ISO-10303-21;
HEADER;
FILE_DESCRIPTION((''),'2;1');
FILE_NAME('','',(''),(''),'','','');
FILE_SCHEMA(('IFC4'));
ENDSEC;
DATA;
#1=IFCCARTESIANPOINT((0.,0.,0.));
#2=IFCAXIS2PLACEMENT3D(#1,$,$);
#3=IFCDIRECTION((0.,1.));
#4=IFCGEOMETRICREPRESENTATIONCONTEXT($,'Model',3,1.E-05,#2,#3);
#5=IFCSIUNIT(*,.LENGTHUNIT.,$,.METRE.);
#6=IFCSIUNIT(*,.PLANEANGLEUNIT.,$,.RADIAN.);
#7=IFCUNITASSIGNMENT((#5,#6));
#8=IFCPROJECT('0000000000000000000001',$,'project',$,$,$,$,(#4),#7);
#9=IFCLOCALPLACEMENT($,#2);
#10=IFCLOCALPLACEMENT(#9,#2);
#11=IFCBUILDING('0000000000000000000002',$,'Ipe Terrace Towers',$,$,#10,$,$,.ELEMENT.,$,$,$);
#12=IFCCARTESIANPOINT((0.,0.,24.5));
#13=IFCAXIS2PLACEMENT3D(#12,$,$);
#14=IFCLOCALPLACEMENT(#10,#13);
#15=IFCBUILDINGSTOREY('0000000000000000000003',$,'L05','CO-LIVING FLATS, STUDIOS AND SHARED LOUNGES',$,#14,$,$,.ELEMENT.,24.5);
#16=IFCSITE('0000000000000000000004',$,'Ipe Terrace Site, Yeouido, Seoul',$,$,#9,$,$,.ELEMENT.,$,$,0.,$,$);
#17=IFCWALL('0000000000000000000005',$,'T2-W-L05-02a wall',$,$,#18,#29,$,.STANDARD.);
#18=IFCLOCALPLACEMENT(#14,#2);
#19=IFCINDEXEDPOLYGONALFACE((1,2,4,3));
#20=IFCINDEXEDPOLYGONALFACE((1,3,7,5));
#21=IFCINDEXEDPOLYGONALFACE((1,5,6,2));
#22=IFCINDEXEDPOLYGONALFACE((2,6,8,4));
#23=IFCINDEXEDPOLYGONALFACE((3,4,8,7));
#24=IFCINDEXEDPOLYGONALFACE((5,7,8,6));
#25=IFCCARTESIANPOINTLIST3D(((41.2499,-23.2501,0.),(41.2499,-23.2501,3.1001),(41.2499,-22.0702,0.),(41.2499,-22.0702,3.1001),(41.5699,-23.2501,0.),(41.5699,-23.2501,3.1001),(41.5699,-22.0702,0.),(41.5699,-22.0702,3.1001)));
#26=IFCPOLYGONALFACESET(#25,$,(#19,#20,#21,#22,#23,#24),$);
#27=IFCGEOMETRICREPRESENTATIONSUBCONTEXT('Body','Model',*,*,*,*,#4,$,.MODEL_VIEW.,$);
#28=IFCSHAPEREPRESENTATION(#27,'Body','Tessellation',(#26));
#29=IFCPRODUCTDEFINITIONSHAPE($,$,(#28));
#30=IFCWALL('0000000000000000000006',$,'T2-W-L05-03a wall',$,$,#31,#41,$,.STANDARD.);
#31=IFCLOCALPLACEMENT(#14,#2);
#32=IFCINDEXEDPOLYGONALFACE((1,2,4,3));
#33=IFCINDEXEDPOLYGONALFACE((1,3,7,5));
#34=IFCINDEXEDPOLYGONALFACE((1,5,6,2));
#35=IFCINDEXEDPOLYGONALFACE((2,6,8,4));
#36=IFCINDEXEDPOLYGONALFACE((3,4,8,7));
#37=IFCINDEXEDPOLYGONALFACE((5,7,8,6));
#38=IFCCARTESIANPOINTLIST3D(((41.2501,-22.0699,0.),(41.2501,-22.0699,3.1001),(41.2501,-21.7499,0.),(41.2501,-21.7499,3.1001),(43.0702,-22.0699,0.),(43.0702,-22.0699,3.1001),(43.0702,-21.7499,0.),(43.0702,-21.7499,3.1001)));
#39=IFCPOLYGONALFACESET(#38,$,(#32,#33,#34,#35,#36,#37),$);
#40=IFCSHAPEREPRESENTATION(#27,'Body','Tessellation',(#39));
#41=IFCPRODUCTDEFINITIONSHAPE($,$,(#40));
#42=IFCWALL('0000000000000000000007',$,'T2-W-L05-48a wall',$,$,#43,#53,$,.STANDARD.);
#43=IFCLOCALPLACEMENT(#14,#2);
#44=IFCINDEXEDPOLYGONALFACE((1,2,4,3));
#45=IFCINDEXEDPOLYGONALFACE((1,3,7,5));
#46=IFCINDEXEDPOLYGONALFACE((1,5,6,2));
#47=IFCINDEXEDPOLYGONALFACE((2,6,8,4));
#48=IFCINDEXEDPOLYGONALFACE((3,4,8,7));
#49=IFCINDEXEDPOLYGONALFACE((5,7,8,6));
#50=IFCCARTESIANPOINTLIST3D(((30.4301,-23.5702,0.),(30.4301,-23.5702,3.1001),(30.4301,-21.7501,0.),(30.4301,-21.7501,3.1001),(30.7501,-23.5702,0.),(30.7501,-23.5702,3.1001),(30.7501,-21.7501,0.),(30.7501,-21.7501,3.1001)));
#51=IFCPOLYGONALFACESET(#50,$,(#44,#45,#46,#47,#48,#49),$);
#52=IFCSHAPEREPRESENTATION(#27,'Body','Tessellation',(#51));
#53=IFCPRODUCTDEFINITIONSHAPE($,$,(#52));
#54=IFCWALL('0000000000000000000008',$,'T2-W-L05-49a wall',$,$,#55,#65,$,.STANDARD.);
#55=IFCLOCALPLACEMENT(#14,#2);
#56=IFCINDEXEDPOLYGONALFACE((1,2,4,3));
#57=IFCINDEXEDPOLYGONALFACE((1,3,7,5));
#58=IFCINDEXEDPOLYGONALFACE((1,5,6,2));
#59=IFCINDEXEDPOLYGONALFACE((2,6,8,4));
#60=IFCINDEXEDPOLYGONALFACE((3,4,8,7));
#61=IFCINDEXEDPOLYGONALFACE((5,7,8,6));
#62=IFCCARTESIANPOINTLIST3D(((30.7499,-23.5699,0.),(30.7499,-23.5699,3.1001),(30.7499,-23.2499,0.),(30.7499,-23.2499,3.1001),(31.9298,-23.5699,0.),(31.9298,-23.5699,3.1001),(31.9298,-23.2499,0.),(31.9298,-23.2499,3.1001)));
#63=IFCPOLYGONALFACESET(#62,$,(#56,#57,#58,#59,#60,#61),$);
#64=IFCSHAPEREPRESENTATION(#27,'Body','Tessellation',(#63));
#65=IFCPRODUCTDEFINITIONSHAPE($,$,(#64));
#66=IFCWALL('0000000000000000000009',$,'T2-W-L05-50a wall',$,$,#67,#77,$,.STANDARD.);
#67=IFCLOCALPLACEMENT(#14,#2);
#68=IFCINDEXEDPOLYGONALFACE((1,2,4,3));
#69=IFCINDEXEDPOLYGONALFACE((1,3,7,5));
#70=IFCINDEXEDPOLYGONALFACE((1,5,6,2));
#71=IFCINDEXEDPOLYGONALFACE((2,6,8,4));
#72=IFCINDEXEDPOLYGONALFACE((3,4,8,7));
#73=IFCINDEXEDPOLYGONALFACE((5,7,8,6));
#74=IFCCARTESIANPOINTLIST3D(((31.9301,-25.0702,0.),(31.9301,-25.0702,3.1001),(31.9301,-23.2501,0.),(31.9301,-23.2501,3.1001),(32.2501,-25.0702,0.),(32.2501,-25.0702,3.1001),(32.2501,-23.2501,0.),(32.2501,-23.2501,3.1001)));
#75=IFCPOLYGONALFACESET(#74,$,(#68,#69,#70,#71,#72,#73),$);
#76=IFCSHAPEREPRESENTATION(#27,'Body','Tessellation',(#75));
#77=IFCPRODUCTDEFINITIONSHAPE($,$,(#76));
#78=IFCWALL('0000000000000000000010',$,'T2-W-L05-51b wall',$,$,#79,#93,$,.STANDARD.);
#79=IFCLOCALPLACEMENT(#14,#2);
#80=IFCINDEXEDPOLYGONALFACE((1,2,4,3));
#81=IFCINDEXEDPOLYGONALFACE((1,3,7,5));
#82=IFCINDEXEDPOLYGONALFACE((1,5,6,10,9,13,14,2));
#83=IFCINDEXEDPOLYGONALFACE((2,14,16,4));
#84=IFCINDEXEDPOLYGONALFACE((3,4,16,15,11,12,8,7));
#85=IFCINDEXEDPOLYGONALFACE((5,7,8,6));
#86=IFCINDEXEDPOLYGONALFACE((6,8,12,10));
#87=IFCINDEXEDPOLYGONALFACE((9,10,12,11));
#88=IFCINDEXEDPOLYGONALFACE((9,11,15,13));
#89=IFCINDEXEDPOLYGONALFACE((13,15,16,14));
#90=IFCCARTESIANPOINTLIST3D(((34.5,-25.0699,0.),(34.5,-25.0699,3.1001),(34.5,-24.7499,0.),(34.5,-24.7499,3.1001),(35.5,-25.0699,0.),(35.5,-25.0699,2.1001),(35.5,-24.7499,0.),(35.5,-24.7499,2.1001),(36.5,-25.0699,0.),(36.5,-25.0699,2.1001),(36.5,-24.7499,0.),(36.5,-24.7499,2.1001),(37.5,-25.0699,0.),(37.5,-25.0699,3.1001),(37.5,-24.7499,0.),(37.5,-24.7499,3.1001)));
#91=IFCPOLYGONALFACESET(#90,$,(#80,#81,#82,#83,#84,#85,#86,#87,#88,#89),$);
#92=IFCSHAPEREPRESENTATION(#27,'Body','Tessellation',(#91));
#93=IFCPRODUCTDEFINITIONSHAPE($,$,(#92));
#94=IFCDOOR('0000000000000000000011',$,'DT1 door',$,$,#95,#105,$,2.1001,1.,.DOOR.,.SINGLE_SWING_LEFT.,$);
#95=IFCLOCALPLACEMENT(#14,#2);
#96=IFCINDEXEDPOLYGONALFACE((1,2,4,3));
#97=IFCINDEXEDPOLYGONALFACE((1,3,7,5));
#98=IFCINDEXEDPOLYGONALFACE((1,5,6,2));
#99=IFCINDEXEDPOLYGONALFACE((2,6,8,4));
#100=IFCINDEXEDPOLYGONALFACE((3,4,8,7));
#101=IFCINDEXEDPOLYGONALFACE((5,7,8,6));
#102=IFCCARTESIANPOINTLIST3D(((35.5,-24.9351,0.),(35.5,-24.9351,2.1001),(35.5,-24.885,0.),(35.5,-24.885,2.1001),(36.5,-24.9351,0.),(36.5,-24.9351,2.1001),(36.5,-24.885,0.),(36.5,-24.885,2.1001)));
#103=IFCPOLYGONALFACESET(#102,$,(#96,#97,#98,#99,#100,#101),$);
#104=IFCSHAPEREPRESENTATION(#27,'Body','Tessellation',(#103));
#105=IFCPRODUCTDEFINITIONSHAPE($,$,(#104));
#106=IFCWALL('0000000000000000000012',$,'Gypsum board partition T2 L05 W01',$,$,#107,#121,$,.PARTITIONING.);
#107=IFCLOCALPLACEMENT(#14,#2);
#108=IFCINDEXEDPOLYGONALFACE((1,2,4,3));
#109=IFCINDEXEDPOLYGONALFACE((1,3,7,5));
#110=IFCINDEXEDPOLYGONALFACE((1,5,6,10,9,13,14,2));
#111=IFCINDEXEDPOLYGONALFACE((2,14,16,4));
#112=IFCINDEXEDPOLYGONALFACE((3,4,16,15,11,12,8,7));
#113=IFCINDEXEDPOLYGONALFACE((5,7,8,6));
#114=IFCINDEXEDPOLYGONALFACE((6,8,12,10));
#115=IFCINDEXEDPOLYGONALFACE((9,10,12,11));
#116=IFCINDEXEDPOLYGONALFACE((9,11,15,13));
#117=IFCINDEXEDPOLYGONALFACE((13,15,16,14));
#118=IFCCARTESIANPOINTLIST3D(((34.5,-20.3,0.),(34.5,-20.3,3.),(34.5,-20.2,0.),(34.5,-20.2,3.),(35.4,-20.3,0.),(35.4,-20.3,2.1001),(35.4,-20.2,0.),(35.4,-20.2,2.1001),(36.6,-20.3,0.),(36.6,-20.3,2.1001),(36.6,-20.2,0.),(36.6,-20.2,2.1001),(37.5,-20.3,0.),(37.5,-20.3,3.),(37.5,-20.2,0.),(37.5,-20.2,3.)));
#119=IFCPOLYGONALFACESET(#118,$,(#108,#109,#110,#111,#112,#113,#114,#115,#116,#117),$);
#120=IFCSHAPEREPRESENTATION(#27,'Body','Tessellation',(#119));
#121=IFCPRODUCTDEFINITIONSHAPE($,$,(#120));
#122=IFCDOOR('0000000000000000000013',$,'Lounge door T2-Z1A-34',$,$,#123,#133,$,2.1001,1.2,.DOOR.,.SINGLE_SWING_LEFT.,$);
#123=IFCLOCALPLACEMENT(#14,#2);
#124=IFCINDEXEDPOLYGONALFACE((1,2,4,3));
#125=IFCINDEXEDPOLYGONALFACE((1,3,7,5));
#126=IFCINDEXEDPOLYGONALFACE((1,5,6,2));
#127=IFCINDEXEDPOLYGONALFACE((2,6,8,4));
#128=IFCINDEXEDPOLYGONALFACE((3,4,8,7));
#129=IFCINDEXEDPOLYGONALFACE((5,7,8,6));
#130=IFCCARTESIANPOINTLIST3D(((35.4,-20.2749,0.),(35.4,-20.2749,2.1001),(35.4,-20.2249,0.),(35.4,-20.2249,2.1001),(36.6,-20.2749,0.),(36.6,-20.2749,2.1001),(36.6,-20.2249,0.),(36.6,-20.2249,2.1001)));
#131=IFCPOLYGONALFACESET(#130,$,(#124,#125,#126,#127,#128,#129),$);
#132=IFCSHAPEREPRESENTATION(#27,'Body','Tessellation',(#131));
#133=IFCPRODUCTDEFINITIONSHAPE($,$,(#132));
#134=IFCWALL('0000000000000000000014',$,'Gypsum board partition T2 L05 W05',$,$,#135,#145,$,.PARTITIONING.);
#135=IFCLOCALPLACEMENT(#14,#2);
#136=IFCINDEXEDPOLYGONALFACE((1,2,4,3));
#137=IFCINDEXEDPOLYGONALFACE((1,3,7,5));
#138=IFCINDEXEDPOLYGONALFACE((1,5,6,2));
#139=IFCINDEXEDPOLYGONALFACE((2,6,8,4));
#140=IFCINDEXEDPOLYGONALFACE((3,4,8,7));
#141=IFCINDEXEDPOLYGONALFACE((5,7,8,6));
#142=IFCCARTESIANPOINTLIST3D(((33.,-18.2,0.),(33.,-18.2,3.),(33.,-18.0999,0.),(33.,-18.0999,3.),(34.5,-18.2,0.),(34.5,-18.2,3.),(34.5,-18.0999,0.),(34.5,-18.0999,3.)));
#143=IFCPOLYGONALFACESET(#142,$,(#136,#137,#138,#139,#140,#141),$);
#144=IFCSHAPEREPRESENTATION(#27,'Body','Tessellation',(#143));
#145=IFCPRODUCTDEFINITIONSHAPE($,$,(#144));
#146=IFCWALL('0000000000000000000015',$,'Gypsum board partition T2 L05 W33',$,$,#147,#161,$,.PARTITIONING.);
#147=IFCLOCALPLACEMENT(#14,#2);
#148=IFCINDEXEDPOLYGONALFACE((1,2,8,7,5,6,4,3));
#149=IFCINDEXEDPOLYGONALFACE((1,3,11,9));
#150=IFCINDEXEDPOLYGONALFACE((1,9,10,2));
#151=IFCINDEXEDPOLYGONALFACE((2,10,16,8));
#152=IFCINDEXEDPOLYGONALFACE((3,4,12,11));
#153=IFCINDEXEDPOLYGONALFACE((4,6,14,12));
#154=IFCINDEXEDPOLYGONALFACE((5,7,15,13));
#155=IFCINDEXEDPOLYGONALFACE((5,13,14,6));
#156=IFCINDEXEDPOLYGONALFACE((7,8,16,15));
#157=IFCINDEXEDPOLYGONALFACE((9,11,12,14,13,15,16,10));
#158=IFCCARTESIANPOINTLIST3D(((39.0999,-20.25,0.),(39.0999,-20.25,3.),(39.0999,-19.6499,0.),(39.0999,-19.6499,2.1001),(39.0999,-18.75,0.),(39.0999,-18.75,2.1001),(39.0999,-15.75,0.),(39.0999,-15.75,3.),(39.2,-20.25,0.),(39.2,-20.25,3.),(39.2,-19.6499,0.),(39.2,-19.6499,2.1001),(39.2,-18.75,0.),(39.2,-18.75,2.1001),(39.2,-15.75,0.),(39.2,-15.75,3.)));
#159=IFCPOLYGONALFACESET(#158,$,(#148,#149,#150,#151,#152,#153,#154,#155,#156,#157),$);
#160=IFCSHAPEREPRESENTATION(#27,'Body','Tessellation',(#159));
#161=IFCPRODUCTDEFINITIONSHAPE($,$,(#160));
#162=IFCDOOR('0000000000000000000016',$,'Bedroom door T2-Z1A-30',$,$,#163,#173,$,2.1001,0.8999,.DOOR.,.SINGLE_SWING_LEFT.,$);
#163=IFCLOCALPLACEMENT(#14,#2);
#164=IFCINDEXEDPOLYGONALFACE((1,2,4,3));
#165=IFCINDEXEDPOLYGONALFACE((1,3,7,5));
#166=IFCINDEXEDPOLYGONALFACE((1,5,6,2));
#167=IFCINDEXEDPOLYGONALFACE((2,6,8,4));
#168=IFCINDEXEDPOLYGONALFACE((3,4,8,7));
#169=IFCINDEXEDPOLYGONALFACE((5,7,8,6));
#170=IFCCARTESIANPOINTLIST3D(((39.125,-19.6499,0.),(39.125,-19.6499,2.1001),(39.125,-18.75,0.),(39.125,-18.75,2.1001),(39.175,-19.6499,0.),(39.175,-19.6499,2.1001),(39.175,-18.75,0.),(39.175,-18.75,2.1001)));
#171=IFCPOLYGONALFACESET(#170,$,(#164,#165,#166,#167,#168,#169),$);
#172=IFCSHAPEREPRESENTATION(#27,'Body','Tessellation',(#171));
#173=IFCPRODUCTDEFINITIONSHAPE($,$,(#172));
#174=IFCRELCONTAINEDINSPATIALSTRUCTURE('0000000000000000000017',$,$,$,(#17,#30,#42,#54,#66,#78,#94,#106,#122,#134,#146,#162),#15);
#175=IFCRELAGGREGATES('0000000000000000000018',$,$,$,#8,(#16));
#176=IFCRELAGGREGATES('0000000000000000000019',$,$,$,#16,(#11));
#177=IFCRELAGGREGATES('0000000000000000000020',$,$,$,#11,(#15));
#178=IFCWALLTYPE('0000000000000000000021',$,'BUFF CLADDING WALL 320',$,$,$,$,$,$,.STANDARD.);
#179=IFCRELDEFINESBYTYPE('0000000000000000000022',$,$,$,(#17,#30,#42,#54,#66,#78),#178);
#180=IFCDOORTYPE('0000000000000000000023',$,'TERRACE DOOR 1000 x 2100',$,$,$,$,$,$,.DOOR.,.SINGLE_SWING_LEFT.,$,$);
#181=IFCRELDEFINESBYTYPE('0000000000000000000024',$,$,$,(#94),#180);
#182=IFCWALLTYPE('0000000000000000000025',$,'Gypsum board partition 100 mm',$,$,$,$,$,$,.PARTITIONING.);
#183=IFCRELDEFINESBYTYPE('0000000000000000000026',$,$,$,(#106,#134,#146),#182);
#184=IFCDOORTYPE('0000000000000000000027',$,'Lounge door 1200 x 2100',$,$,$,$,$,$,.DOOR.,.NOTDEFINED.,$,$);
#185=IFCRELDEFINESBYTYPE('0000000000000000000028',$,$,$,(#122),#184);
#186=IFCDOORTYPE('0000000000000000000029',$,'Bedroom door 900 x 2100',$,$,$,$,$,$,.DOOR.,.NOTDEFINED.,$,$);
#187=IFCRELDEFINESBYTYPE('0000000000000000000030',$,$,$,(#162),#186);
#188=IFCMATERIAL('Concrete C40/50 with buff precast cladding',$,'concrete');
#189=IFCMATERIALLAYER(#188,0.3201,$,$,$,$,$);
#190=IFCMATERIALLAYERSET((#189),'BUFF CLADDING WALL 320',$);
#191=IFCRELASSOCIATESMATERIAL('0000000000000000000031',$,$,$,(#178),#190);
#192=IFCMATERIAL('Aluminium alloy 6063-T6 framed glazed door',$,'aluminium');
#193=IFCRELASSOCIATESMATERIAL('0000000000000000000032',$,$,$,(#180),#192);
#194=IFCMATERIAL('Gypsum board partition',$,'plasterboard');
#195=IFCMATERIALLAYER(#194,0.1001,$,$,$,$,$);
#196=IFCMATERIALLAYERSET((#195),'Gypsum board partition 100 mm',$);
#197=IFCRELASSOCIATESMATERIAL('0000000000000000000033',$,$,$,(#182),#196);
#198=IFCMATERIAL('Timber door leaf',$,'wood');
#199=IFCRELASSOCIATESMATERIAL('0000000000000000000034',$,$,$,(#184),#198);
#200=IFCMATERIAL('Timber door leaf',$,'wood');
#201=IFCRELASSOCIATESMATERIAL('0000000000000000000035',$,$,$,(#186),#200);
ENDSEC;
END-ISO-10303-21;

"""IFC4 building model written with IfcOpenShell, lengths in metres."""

from ifc_helpers import new_model, si_unit, direction, frame, frame_2d, origin, place, context, subcontext, project, spatial, rectangle, extrude, material, layer, layer_set, type_object, element, fill, save


model = new_model("IFC4")

# Units and contexts
model_context = context("Model", 3, precision=1e-05, world=origin(), true_north=direction((0.0, 1.0)))
body_context = subcontext(model_context, "Body", "Model", "MODEL_VIEW")
ifc_project = project(units=[si_unit("LENGTHUNIT", "METRE"), si_unit("PLANEANGLEUNIT", "RADIAN")], contexts=[model_context])

# Site, building, storey
site_placement = place(None, origin())
site = spatial("IfcSite", under=ifc_project, at=site_placement, Name="Ipe Terrace Site, Yeouido, Seoul", CompositionType="ELEMENT", RefElevation=0.0)
building_placement = place(site_placement, origin())
building = spatial("IfcBuilding", under=site, at=building_placement, Name="Ipe Terrace Towers", CompositionType="ELEMENT")
storey_placement = place(building_placement, frame((0.0, 0.0, 24.5)))
storey = spatial("IfcBuildingStorey", under=building, at=storey_placement, Name="L05", Description="CO-LIVING FLATS, STUDIOS AND SHARED LOUNGES", CompositionType="ELEMENT", Elevation=24.5)

# Walls
ifc_material_1 = material(Name="Concrete C40/50 with buff precast cladding", Category="concrete")
ifc_layer_1 = layer(ifc_material_1, 0.3201)
ifc_layer_set_1 = layer_set([ifc_layer_1], Name="BUFF CLADDING WALL 320")
wall_type_1 = type_object("IfcWallType", Name="BUFF CLADDING WALL 320", PredefinedType="STANDARD", material=ifc_layer_set_1)
wall_1_placement = place(storey_placement, frame((41.4099, -23.25, 0.0), z_axis=(0.0, 0.0, 1.0), x_axis=(0.0, 1.0, 0.0)))
element("IfcWall", 1, at=wall_1_placement, inside=storey, type_object=wall_type_1, Name="T2-W-L05-02a wall", PredefinedType="STANDARD", context=body_context, shape_type="SweptSolid", body=[
    extrude(rectangle(XDim=1.1799, YDim=0.3201, at=frame_2d((0.5898, 0.0))), origin(), (0.0, 0.0, 1.0), 3.1001),
])
for number, where, z_axis, x_axis, name in (
    (2, (41.25, -21.9099, 0.0), (0.0, 0.0, 1.0), (1.0, 0.0, 0.0), "T2-W-L05-03a wall"),
    (3, (30.5901, -21.75, 0.0), (0.0, 0.0, 1.0), (0.0, -1.0, 0.0), "T2-W-L05-48a wall"),
):
    element("IfcWall", number, at=place(storey_placement, frame(where, z_axis=z_axis, x_axis=x_axis)), inside=storey, type_object=wall_type_1, Name=name, PredefinedType="STANDARD", context=body_context, shape_type="SweptSolid", body=[
        extrude(rectangle(XDim=1.8201, YDim=0.3201, at=frame_2d((0.9102, 0.0))), origin(), (0.0, 0.0, 1.0), 3.1001),
    ])
wall_2_placement = place(storey_placement, frame((30.75, -23.4099, 0.0), z_axis=(0.0, 0.0, 1.0), x_axis=(1.0, 0.0, 0.0)))
element("IfcWall", 4, at=wall_2_placement, inside=storey, type_object=wall_type_1, Name="T2-W-L05-49a wall", PredefinedType="STANDARD", context=body_context, shape_type="SweptSolid", body=[
    extrude(rectangle(XDim=1.1799, YDim=0.3201, at=frame_2d((0.5898, 0.0))), origin(), (0.0, 0.0, 1.0), 3.1001),
])
wall_3_placement = place(storey_placement, frame((32.0901, -23.25, 0.0), z_axis=(0.0, 0.0, 1.0), x_axis=(0.0, -1.0, 0.0)))
element("IfcWall", 5, at=wall_3_placement, inside=storey, type_object=wall_type_1, Name="T2-W-L05-50a wall", PredefinedType="STANDARD", context=body_context, shape_type="SweptSolid", body=[
    extrude(rectangle(XDim=1.8201, YDim=0.3201, at=frame_2d((0.9102, 0.0))), origin(), (0.0, 0.0, 1.0), 3.1001),
])

# Walls, openings, doors
wall_4_placement = place(storey_placement, frame((34.5, -24.9099, 0.0), z_axis=(0.0, 0.0, 1.0), x_axis=(1.0, 0.0, 0.0)))
wall_4 = element("IfcWall", 6, at=wall_4_placement, inside=storey, type_object=wall_type_1, Name="T2-W-L05-51b wall", PredefinedType="STANDARD", context=body_context, shape_type="SweptSolid", body=[
    extrude(rectangle(XDim=3.0, YDim=0.3201, at=frame_2d((1.5, 0.0))), origin(), (0.0, 0.0, 1.0), 3.1001),
])
opening_1_placement = place(wall_4_placement, frame((1.0, 0.0, 0.0)))
opening_1 = element("IfcOpeningElement", 7, at=opening_1_placement, cuts=wall_4, PredefinedType="OPENING", context=body_context, shape_type="SweptSolid", body=[
    extrude(rectangle(XDim=1.0, YDim=2.1001, at=frame_2d((0.5, 1.05))), frame((0.0, 0.1699, 0.0), z_axis=(0.0, -1.0, 0.0), x_axis=(1.0, 0.0, 0.0)), (0.0, 0.0, 1.0), 0.3401),
])
ifc_material_2 = material(Name="Aluminium alloy 6063-T6 framed glazed door", Category="aluminium")
door_type_1 = type_object("IfcDoorType", Name="TERRACE DOOR 1000 x 2100", OperationType="SINGLE_SWING_LEFT", PredefinedType="DOOR", material=ifc_material_2)
door_1_placement = place(opening_1_placement, origin())
door_1 = element("IfcDoor", 8, at=door_1_placement, inside=storey, type_object=door_type_1, Name="DT1 door", OperationType="SINGLE_SWING_LEFT", OverallHeight=2.1001, OverallWidth=1.0, PredefinedType="DOOR", context=body_context, shape_type="SweptSolid", body=[
    extrude(rectangle(XDim=1.0, YDim=2.1001, at=frame_2d((0.5, 1.05))), frame((0.0, 0.0249, 0.0), z_axis=(0.0, -1.0, 0.0), x_axis=(1.0, 0.0, 0.0)), (0.0, 0.0, 1.0), 0.05),
])
fill(opening_1, door_1)
ifc_material_3 = material(Name="Gypsum board partition", Category="plasterboard")
ifc_layer_2 = layer(ifc_material_3, 0.1001)
ifc_layer_set_2 = layer_set([ifc_layer_2], Name="Gypsum board partition 100 mm")
wall_type_2 = type_object("IfcWallType", Name="Gypsum board partition 100 mm", PredefinedType="PARTITIONING", material=ifc_layer_set_2)
wall_5_placement = place(storey_placement, frame((37.5, -20.25, 0.0), z_axis=(0.0, 0.0, 1.0), x_axis=(-1.0, 0.0, 0.0)))
wall_5 = element("IfcWall", 9, at=wall_5_placement, inside=storey, type_object=wall_type_2, Name="Gypsum board partition T2 L05 W01", PredefinedType="PARTITIONING", context=body_context, shape_type="SweptSolid", body=[
    extrude(rectangle(XDim=3.0, YDim=0.1001, at=frame_2d((1.5, 0.0))), origin(), (0.0, 0.0, 1.0), 3.0),
])
opening_2_placement = place(wall_5_placement, frame((0.8999, 0.0, 0.0)))
opening_2 = element("IfcOpeningElement", 10, at=opening_2_placement, cuts=wall_5, PredefinedType="OPENING", context=body_context, shape_type="SweptSolid", body=[
    extrude(rectangle(XDim=1.2, YDim=2.1001, at=frame_2d((0.6001, 1.05))), frame((0.0, 0.0601, 0.0), z_axis=(0.0, -1.0, 0.0), x_axis=(1.0, 0.0, 0.0)), (0.0, 0.0, 1.0), 0.1201),
])
ifc_material_4 = material(Name="Timber door leaf", Category="wood")
door_type_2 = type_object("IfcDoorType", Name="Lounge door 1200 x 2100", OperationType="NOTDEFINED", PredefinedType="DOOR", material=ifc_material_4)
door_2_placement = place(opening_2_placement, origin())
door_2 = element("IfcDoor", 11, at=door_2_placement, inside=storey, type_object=door_type_2, Name="Lounge door T2-Z1A-34", OperationType="SINGLE_SWING_LEFT", OverallHeight=2.1001, OverallWidth=1.2, PredefinedType="DOOR", context=body_context, shape_type="SweptSolid", body=[
    extrude(rectangle(XDim=1.2, YDim=2.1001, at=frame_2d((0.6001, 1.05))), frame((0.0, 0.0249, 0.0), z_axis=(0.0, -1.0, 0.0), x_axis=(1.0, 0.0, 0.0)), (0.0, 0.0, 1.0), 0.05),
])
fill(opening_2, door_2)

# Wall
wall_6_placement = place(storey_placement, frame((34.5, -18.1499, 0.0), z_axis=(0.0, 0.0, 1.0), x_axis=(-1.0, 0.0, 0.0)))
element("IfcWall", 12, at=wall_6_placement, inside=storey, type_object=wall_type_2, Name="Gypsum board partition T2 L05 W05", PredefinedType="PARTITIONING", context=body_context, shape_type="SweptSolid", body=[
    extrude(rectangle(XDim=1.5, YDim=0.1001, at=frame_2d((0.75, 0.0))), origin(), (0.0, 0.0, 1.0), 3.0),
])

# Wall, opening, door
wall_7_placement = place(storey_placement, frame((39.1499, -20.25, 0.0), z_axis=(0.0, 0.0, 1.0), x_axis=(0.0, 1.0, 0.0)))
wall_7 = element("IfcWall", 13, at=wall_7_placement, inside=storey, type_object=wall_type_2, Name="Gypsum board partition T2 L05 W33", PredefinedType="PARTITIONING", context=body_context, shape_type="SweptSolid", body=[
    extrude(rectangle(XDim=4.5, YDim=0.1001, at=frame_2d((2.25, 0.0))), origin(), (0.0, 0.0, 1.0), 3.0),
])
opening_3_placement = place(wall_7_placement, frame((0.6001, 0.0, 0.0)))
opening_3 = element("IfcOpeningElement", 14, at=opening_3_placement, cuts=wall_7, PredefinedType="OPENING", context=body_context, shape_type="SweptSolid", body=[
    extrude(rectangle(XDim=0.8999, YDim=2.1001, at=frame_2d((0.45, 1.05))), frame((0.0, 0.0601, 0.0), z_axis=(0.0, -1.0, 0.0), x_axis=(1.0, 0.0, 0.0)), (0.0, 0.0, 1.0), 0.1201),
])
ifc_material_5 = material(Name="Timber door leaf", Category="wood")
door_type_3 = type_object("IfcDoorType", Name="Bedroom door 900 x 2100", OperationType="NOTDEFINED", PredefinedType="DOOR", material=ifc_material_5)
door_3_placement = place(opening_3_placement, origin())
door_3 = element("IfcDoor", 15, at=door_3_placement, inside=storey, type_object=door_type_3, Name="Bedroom door T2-Z1A-30", OperationType="SINGLE_SWING_LEFT", OverallHeight=2.1001, OverallWidth=0.8999, PredefinedType="DOOR", context=body_context, shape_type="SweptSolid", body=[
    extrude(rectangle(XDim=0.8999, YDim=2.1001, at=frame_2d((0.45, 1.05))), frame((0.0, 0.0249, 0.0), z_axis=(0.0, -1.0, 0.0), x_axis=(1.0, 0.0, 0.0)), (0.0, 0.0, 1.0), 0.05),
])
fill(opening_3, door_3)

save(model, "model.ifc")
